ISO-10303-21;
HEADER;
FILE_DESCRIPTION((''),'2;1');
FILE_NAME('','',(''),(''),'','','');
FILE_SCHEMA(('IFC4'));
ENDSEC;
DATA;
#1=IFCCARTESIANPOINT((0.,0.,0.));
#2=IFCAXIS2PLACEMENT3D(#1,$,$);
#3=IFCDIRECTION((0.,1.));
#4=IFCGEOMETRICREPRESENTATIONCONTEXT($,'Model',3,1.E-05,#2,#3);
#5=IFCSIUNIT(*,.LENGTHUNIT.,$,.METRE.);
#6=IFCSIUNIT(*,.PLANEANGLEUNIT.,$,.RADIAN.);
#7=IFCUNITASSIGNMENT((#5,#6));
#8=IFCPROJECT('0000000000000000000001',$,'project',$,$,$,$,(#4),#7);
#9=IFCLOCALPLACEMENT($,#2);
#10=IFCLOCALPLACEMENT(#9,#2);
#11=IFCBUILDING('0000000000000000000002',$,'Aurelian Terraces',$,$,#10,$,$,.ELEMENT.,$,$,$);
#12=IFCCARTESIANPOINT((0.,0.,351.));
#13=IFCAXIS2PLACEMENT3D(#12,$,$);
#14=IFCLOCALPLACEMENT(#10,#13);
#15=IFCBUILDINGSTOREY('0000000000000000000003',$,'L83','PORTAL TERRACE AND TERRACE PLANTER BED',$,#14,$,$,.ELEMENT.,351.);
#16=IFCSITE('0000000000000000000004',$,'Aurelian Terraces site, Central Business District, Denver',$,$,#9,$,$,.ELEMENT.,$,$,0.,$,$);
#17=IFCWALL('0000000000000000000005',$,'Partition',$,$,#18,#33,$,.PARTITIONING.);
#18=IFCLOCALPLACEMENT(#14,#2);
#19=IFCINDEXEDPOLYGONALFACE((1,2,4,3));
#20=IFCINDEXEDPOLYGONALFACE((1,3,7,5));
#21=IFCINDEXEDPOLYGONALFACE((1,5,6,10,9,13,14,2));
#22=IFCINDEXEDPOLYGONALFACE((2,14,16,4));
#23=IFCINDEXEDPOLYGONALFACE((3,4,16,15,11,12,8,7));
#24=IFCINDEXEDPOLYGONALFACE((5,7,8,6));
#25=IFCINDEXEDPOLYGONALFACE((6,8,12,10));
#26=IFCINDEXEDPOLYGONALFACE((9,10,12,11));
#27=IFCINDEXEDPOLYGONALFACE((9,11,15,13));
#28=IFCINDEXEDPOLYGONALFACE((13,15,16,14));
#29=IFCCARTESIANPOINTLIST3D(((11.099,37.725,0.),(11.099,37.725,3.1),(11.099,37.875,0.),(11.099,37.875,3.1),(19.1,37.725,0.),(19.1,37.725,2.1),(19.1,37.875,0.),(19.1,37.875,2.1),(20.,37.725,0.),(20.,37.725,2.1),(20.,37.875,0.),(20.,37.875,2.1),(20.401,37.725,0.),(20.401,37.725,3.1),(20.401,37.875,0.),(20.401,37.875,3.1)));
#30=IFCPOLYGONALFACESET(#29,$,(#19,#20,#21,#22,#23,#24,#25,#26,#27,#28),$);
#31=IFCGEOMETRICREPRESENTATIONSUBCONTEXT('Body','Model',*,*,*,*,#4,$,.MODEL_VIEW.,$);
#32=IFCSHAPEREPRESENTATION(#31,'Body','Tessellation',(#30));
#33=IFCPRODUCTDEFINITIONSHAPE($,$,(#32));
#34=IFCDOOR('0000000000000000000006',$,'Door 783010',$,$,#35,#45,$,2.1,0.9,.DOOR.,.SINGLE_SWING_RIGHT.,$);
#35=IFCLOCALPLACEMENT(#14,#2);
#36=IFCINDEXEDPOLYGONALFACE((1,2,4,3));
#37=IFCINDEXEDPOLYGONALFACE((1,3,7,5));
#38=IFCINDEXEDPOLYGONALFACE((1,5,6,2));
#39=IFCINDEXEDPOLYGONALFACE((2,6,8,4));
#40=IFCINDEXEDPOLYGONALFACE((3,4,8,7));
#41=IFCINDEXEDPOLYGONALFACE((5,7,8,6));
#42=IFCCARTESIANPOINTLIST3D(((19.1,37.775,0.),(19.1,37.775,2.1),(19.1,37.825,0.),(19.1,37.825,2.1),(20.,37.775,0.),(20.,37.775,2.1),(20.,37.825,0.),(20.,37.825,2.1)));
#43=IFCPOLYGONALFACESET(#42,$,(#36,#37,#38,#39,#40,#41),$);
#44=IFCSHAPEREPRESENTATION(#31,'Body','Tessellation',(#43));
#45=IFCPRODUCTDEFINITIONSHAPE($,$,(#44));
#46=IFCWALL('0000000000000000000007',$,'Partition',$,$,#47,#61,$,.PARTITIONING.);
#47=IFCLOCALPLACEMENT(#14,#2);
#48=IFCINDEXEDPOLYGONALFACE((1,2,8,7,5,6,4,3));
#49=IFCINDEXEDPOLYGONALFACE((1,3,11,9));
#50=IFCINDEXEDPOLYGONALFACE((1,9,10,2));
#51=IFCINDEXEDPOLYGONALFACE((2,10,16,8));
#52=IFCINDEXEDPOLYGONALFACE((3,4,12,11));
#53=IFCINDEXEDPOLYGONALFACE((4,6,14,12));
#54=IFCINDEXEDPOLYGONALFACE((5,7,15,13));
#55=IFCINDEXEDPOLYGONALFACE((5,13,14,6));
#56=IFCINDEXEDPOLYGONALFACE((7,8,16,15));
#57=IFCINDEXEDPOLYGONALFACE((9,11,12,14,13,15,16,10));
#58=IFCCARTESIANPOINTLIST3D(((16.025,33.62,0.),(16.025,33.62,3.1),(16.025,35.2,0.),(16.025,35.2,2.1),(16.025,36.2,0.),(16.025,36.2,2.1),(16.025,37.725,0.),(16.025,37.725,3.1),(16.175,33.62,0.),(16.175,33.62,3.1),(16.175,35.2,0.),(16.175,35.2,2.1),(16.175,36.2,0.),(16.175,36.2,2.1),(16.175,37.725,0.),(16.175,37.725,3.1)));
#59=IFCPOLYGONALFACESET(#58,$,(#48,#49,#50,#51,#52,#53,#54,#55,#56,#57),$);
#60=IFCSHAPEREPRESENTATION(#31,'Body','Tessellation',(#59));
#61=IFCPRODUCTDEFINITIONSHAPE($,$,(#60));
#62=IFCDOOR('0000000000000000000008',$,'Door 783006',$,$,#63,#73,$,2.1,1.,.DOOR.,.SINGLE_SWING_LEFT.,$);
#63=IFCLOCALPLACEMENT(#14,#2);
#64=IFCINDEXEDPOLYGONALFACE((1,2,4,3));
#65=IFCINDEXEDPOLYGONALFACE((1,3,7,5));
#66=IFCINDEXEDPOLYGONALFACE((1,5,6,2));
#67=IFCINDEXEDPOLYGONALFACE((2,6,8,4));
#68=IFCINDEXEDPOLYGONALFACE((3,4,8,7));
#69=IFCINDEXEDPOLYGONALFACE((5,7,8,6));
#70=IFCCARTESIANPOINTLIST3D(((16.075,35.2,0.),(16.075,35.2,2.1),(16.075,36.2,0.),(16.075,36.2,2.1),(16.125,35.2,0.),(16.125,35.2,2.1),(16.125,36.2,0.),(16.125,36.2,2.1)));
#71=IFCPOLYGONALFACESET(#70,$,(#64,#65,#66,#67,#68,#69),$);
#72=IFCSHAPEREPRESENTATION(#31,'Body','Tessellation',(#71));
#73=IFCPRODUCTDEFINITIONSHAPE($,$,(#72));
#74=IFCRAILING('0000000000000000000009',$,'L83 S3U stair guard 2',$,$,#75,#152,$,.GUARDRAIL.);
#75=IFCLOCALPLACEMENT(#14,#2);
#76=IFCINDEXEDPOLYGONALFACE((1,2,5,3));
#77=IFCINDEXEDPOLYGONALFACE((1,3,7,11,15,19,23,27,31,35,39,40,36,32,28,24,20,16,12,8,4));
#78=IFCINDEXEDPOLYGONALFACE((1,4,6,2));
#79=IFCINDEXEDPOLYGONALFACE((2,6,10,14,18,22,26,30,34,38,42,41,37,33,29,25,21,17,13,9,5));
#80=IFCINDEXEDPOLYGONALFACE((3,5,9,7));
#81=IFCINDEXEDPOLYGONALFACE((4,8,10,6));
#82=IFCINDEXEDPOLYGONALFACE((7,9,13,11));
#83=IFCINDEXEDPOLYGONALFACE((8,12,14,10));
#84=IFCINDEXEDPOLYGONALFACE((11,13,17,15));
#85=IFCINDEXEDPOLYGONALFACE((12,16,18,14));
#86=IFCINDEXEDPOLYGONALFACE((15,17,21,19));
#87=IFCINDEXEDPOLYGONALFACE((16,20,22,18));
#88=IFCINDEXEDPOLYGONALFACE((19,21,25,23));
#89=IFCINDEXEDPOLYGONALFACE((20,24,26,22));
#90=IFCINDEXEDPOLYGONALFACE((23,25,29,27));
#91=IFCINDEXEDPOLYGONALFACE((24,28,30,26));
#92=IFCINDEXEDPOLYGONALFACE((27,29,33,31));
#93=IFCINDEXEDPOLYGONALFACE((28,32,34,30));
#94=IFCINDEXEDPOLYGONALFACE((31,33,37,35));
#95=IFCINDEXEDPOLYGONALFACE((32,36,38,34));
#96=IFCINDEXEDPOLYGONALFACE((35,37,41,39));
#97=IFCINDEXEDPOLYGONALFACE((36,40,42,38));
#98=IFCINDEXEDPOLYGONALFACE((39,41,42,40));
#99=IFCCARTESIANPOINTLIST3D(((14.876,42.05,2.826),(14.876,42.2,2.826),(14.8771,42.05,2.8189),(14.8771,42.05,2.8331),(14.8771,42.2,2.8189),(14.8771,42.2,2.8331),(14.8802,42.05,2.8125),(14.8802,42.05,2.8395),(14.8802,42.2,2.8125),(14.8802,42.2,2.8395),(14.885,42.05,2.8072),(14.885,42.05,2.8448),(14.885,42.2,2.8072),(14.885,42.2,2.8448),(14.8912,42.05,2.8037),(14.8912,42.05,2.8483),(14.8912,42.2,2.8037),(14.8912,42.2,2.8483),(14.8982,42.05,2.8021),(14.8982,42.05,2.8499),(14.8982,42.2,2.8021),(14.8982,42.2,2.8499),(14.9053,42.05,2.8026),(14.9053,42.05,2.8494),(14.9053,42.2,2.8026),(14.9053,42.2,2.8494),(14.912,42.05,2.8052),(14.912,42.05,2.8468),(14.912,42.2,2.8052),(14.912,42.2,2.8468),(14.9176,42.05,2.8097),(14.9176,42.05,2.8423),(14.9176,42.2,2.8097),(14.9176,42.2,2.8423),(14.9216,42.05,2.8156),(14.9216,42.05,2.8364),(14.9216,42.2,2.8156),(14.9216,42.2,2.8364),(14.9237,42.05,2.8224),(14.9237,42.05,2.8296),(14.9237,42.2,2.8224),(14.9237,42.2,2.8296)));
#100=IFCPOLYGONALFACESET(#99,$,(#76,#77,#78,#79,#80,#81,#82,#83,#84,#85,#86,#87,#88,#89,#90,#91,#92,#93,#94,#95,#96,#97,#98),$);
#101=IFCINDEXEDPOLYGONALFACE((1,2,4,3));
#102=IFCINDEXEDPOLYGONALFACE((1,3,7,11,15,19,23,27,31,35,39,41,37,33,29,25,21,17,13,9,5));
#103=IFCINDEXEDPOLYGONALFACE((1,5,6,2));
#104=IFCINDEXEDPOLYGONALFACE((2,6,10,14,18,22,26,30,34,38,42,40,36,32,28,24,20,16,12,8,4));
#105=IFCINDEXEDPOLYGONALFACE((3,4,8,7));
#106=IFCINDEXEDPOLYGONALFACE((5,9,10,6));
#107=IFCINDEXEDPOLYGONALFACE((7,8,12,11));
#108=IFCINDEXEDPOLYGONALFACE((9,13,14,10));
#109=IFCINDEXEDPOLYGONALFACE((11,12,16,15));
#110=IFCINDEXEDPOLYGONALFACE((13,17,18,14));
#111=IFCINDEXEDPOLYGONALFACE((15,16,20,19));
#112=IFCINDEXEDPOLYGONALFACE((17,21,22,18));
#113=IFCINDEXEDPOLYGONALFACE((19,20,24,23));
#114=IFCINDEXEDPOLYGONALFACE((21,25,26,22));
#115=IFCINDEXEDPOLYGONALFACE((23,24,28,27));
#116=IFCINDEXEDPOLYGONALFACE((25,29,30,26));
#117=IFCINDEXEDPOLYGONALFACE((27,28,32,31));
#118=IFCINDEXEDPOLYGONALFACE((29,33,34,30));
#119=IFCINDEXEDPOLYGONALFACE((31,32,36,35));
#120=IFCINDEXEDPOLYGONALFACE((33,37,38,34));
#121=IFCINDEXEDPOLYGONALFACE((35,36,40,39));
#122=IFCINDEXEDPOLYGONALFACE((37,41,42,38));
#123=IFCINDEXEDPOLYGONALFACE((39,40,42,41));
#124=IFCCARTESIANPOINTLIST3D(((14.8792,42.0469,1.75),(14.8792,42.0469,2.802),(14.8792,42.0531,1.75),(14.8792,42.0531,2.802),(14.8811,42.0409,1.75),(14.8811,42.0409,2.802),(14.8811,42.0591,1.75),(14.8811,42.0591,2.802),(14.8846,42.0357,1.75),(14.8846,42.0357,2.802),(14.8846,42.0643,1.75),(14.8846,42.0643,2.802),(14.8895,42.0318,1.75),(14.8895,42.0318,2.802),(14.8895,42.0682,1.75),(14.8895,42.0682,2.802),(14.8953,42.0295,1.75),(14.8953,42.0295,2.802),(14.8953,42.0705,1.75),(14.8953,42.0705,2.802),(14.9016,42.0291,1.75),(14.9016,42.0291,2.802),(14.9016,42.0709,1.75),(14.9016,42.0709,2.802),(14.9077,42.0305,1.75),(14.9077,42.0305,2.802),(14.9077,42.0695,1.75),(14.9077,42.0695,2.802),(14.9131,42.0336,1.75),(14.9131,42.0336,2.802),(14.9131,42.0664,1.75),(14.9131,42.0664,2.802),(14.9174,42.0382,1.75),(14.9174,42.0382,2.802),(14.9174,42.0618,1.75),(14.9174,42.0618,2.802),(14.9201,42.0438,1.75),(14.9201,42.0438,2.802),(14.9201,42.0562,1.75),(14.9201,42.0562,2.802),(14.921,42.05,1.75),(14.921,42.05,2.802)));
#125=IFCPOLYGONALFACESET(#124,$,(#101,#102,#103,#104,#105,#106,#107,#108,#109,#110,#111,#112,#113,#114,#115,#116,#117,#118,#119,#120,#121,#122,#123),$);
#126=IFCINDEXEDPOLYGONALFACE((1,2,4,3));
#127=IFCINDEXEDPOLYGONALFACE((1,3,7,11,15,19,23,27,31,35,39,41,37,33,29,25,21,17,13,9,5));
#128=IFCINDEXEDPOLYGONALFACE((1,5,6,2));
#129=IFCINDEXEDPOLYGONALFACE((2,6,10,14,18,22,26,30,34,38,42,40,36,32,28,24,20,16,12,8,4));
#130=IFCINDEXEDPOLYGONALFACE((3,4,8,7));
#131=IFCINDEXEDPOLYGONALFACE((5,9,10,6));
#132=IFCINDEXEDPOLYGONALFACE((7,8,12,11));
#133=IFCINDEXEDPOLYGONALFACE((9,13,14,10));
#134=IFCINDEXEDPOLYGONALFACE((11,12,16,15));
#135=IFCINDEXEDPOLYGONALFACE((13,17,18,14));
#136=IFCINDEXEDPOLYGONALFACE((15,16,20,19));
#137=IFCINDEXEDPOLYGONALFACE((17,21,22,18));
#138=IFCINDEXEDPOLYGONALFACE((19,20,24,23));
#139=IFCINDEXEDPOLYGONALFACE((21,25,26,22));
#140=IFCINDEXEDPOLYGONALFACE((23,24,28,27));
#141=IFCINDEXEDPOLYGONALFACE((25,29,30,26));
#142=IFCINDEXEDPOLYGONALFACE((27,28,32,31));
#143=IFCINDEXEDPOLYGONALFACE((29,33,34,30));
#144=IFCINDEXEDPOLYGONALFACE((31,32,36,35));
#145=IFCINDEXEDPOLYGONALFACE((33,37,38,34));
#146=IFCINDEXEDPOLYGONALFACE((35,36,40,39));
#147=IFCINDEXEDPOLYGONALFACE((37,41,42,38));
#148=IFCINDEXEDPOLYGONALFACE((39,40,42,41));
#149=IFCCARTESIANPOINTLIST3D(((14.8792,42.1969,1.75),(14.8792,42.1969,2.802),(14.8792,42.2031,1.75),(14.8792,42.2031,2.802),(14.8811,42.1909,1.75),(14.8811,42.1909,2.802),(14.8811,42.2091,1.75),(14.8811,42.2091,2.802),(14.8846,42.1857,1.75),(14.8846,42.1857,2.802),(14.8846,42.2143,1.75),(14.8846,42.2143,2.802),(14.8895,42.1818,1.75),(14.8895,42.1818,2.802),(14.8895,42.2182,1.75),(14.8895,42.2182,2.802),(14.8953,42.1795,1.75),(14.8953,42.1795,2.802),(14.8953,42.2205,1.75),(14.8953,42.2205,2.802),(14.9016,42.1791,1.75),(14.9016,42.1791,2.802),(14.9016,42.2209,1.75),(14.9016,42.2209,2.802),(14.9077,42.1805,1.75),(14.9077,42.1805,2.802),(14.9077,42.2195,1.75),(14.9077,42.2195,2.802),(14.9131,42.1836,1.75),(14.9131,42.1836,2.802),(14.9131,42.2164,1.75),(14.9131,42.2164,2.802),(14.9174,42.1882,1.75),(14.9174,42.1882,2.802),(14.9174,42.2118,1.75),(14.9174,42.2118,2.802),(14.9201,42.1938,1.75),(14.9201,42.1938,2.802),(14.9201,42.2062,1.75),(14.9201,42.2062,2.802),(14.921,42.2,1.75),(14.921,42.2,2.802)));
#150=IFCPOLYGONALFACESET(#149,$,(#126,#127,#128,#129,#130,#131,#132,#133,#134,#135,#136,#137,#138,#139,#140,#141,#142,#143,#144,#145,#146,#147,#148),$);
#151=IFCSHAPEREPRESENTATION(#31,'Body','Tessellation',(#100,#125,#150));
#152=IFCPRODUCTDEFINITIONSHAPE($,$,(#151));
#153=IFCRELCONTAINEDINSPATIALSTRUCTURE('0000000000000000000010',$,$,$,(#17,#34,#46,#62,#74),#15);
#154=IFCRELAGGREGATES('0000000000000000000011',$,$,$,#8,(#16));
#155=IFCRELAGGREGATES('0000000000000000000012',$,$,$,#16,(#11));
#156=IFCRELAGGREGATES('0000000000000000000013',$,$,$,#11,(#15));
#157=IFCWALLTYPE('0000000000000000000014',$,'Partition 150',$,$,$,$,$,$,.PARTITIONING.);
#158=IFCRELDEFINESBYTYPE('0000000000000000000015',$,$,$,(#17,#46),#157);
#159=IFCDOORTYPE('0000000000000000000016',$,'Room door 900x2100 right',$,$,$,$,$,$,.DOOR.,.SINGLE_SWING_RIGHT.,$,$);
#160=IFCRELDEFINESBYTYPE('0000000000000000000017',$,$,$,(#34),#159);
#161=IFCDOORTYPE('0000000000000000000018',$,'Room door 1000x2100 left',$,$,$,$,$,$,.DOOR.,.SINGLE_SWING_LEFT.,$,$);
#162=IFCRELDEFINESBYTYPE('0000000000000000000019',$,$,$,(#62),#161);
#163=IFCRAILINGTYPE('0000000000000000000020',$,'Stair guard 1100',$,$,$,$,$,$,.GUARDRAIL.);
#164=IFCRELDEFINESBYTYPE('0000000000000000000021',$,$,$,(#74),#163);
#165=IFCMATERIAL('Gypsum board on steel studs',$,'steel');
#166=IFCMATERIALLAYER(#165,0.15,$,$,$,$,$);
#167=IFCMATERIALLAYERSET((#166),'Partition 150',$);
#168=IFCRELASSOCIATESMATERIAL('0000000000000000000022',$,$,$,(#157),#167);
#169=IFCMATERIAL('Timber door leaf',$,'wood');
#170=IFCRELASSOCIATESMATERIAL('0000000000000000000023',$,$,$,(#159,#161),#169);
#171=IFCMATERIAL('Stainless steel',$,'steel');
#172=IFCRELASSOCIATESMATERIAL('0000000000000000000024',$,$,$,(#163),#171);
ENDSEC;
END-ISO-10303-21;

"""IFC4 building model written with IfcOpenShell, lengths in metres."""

from ifc_helpers import new_model, si_unit, direction, frame, frame_2d, origin, origin_2d, place, context, subcontext, project, spatial, rectangle, circle, extrude, source, transform, mapped, material, layer, layer_set, type_object, element, fill, save


model = new_model("IFC4")

# Units and contexts
model_context = context("Model", 3, precision=1e-05, world=origin(), true_north=direction((0.0, 1.0)))
body_context = subcontext(model_context, "Body", "Model", "MODEL_VIEW")
ifc_project = project(units=[si_unit("LENGTHUNIT", "METRE"), si_unit("PLANEANGLEUNIT", "RADIAN")], contexts=[model_context])

# Site, building, storey
site_placement = place(None, origin())
site = spatial("IfcSite", under=ifc_project, at=site_placement, Name="Aurelian Terraces site, Central Business District, Denver", CompositionType="ELEMENT", RefElevation=0.0)
building_placement = place(site_placement, origin())
building = spatial("IfcBuilding", under=site, at=building_placement, Name="Aurelian Terraces", CompositionType="ELEMENT")
storey_placement = place(building_placement, frame((0.0, 0.0, 351.0)))
storey = spatial("IfcBuildingStorey", under=building, at=storey_placement, Name="L83", Description="PORTAL TERRACE AND TERRACE PLANTER BED", CompositionType="ELEMENT", Elevation=351.0)

# Shared definitions
ifc_material_1 = material(Name="Gypsum board on steel studs", Category="steel")
shared_shape_1 = source(origin(), body_context, "Body", "SweptSolid", [
    extrude(rectangle(XDim=0.9, YDim=2.1, at=frame_2d((0.45, 1.05))), frame((0.0, 0.025, 0.0), z_axis=(0.0, -1.0, 0.0), x_axis=(1.0, 0.0, 0.0)), (0.0, 0.0, 1.0), 0.05),
])

# Walls, openings, doors
ifc_layer_1 = layer(ifc_material_1, 0.15)
ifc_layer_set_1 = layer_set([ifc_layer_1], Name="Partition 150")
wall_type_1 = type_object("IfcWallType", Name="Partition 150", PredefinedType="PARTITIONING", material=ifc_layer_set_1)
shared_shape_2 = source(origin(), body_context, "Body", "SweptSolid", [
    extrude(rectangle(XDim=9.302, YDim=0.15, at=frame_2d((4.651, 0.0))), origin(), (0.0, 0.0, 1.0), 3.1),
])
wall_1_placement = place(storey_placement, frame((20.401, 37.8, 0.0), z_axis=(0.0, 0.0, 1.0), x_axis=(-1.0, 0.0, 0.0)))
wall_1 = element("IfcWall", 1, at=wall_1_placement, inside=storey, type_object=wall_type_1, Name="Partition", PredefinedType="PARTITIONING", context=body_context, shape_type="MappedRepresentation", body=[
    mapped(shared_shape_2, transform((0.0, 0.0, 0.0), scale=1.0)),
])
shared_shape_3 = source(origin(), body_context, "Body", "SweptSolid", [
    extrude(rectangle(XDim=0.9, YDim=2.1, at=frame_2d((0.45, 1.05))), frame((0.0, 0.085, 0.0), z_axis=(0.0, -1.0, 0.0), x_axis=(1.0, 0.0, 0.0)), (0.0, 0.0, 1.0), 0.17),
])
opening_1_placement = place(wall_1_placement, frame((0.401, 0.0, 0.0)))
opening_1 = element("IfcOpeningElement", 2, at=opening_1_placement, cuts=wall_1, PredefinedType="OPENING", context=body_context, shape_type="MappedRepresentation", body=[
    mapped(shared_shape_3, transform((0.0, 0.0, 0.0), scale=1.0)),
])
ifc_material_2 = material(Name="Timber door leaf", Category="wood")
door_type_1 = type_object("IfcDoorType", Name="Room door 900x2100 right", OperationType="SINGLE_SWING_RIGHT", PredefinedType="DOOR", material=ifc_material_2)
door_1_placement = place(opening_1_placement, origin())
door_1 = element("IfcDoor", 3, at=door_1_placement, inside=storey, type_object=door_type_1, Name="Door 783010", OperationType="SINGLE_SWING_RIGHT", OverallHeight=2.1, OverallWidth=0.9, PredefinedType="DOOR", context=body_context, shape_type="MappedRepresentation", body=[
    mapped(shared_shape_1, transform((0.0, 0.0, 0.0), scale=1.0)),
])
fill(opening_1, door_1)
shared_shape_4 = source(origin(), body_context, "Body", "SweptSolid", [
    extrude(rectangle(XDim=4.105, YDim=0.15, at=frame_2d((2.0525, 0.0))), origin(), (0.0, 0.0, 1.0), 3.1),
])
wall_2_placement = place(storey_placement, frame((16.1, 37.725, 0.0), z_axis=(0.0, 0.0, 1.0), x_axis=(0.0, -1.0, 0.0)))
wall_2 = element("IfcWall", 4, at=wall_2_placement, inside=storey, type_object=wall_type_1, Name="Partition", PredefinedType="PARTITIONING", context=body_context, shape_type="MappedRepresentation", body=[
    mapped(shared_shape_4, transform((0.0, 0.0, 0.0), scale=1.0)),
])
shared_shape_5 = source(origin(), body_context, "Body", "SweptSolid", [
    extrude(rectangle(XDim=1.0, YDim=2.1, at=frame_2d((0.5, 1.05))), frame((0.0, 0.085, 0.0), z_axis=(0.0, -1.0, 0.0), x_axis=(1.0, 0.0, 0.0)), (0.0, 0.0, 1.0), 0.17),
])
opening_2_placement = place(wall_2_placement, frame((1.525, 0.0, 0.0)))
opening_2 = element("IfcOpeningElement", 5, at=opening_2_placement, cuts=wall_2, PredefinedType="OPENING", context=body_context, shape_type="MappedRepresentation", body=[
    mapped(shared_shape_5, transform((0.0, 0.0, 0.0), scale=1.0)),
])
door_type_2 = type_object("IfcDoorType", Name="Room door 1000x2100 left", OperationType="SINGLE_SWING_LEFT", PredefinedType="DOOR", material=ifc_material_2)
shared_shape_6 = source(origin(), body_context, "Body", "SweptSolid", [
    extrude(rectangle(XDim=1.0, YDim=2.1, at=frame_2d((0.5, 1.05))), frame((0.0, 0.025, 0.0), z_axis=(0.0, -1.0, 0.0), x_axis=(1.0, 0.0, 0.0)), (0.0, 0.0, 1.0), 0.05),
])
door_2_placement = place(opening_2_placement, origin())
door_2 = element("IfcDoor", 6, at=door_2_placement, inside=storey, type_object=door_type_2, Name="Door 783006", OperationType="SINGLE_SWING_LEFT", OverallHeight=2.1, OverallWidth=1.0, PredefinedType="DOOR", context=body_context, shape_type="MappedRepresentation", body=[
    mapped(shared_shape_6, transform((0.0, 0.0, 0.0), scale=1.0)),
])
fill(opening_2, door_2)

# Railing
ifc_material_3 = material(Name="Stainless steel", Category="steel")
railing_type_1 = type_object("IfcRailingType", Name="Stair guard 1100", PredefinedType="GUARDRAIL", material=ifc_material_3)
shared_shape_7 = source(origin(), body_context, "Body", "SweptSolid", [
    extrude(circle(Radius=0.024, at=origin_2d()), frame((0.0, 0.0, 1.076), z_axis=(0.0, 1.0, 0.0), x_axis=(-1.0, 0.0, 0.0)), (0.0, 0.0, 1.0), 0.15),
    extrude(circle(Radius=0.021, at=origin_2d()), origin(), (0.0, 0.0, 1.0), 1.052),
    extrude(circle(Radius=0.021, at=origin_2d()), frame((0.0, 0.15, 0.0)), (0.0, 0.0, 1.0), 1.052),
])
railing_1_placement = place(storey_placement, frame((14.9, 42.05, 1.75)))
element("IfcRailing", 7, at=railing_1_placement, inside=storey, type_object=railing_type_1, Name="L83 S3U stair guard 2", PredefinedType="GUARDRAIL", context=body_context, shape_type="MappedRepresentation", body=[
    mapped(shared_shape_7, transform((0.0, 0.0, 0.0), scale=1.0)),
])

save(model, "model.ifc")
